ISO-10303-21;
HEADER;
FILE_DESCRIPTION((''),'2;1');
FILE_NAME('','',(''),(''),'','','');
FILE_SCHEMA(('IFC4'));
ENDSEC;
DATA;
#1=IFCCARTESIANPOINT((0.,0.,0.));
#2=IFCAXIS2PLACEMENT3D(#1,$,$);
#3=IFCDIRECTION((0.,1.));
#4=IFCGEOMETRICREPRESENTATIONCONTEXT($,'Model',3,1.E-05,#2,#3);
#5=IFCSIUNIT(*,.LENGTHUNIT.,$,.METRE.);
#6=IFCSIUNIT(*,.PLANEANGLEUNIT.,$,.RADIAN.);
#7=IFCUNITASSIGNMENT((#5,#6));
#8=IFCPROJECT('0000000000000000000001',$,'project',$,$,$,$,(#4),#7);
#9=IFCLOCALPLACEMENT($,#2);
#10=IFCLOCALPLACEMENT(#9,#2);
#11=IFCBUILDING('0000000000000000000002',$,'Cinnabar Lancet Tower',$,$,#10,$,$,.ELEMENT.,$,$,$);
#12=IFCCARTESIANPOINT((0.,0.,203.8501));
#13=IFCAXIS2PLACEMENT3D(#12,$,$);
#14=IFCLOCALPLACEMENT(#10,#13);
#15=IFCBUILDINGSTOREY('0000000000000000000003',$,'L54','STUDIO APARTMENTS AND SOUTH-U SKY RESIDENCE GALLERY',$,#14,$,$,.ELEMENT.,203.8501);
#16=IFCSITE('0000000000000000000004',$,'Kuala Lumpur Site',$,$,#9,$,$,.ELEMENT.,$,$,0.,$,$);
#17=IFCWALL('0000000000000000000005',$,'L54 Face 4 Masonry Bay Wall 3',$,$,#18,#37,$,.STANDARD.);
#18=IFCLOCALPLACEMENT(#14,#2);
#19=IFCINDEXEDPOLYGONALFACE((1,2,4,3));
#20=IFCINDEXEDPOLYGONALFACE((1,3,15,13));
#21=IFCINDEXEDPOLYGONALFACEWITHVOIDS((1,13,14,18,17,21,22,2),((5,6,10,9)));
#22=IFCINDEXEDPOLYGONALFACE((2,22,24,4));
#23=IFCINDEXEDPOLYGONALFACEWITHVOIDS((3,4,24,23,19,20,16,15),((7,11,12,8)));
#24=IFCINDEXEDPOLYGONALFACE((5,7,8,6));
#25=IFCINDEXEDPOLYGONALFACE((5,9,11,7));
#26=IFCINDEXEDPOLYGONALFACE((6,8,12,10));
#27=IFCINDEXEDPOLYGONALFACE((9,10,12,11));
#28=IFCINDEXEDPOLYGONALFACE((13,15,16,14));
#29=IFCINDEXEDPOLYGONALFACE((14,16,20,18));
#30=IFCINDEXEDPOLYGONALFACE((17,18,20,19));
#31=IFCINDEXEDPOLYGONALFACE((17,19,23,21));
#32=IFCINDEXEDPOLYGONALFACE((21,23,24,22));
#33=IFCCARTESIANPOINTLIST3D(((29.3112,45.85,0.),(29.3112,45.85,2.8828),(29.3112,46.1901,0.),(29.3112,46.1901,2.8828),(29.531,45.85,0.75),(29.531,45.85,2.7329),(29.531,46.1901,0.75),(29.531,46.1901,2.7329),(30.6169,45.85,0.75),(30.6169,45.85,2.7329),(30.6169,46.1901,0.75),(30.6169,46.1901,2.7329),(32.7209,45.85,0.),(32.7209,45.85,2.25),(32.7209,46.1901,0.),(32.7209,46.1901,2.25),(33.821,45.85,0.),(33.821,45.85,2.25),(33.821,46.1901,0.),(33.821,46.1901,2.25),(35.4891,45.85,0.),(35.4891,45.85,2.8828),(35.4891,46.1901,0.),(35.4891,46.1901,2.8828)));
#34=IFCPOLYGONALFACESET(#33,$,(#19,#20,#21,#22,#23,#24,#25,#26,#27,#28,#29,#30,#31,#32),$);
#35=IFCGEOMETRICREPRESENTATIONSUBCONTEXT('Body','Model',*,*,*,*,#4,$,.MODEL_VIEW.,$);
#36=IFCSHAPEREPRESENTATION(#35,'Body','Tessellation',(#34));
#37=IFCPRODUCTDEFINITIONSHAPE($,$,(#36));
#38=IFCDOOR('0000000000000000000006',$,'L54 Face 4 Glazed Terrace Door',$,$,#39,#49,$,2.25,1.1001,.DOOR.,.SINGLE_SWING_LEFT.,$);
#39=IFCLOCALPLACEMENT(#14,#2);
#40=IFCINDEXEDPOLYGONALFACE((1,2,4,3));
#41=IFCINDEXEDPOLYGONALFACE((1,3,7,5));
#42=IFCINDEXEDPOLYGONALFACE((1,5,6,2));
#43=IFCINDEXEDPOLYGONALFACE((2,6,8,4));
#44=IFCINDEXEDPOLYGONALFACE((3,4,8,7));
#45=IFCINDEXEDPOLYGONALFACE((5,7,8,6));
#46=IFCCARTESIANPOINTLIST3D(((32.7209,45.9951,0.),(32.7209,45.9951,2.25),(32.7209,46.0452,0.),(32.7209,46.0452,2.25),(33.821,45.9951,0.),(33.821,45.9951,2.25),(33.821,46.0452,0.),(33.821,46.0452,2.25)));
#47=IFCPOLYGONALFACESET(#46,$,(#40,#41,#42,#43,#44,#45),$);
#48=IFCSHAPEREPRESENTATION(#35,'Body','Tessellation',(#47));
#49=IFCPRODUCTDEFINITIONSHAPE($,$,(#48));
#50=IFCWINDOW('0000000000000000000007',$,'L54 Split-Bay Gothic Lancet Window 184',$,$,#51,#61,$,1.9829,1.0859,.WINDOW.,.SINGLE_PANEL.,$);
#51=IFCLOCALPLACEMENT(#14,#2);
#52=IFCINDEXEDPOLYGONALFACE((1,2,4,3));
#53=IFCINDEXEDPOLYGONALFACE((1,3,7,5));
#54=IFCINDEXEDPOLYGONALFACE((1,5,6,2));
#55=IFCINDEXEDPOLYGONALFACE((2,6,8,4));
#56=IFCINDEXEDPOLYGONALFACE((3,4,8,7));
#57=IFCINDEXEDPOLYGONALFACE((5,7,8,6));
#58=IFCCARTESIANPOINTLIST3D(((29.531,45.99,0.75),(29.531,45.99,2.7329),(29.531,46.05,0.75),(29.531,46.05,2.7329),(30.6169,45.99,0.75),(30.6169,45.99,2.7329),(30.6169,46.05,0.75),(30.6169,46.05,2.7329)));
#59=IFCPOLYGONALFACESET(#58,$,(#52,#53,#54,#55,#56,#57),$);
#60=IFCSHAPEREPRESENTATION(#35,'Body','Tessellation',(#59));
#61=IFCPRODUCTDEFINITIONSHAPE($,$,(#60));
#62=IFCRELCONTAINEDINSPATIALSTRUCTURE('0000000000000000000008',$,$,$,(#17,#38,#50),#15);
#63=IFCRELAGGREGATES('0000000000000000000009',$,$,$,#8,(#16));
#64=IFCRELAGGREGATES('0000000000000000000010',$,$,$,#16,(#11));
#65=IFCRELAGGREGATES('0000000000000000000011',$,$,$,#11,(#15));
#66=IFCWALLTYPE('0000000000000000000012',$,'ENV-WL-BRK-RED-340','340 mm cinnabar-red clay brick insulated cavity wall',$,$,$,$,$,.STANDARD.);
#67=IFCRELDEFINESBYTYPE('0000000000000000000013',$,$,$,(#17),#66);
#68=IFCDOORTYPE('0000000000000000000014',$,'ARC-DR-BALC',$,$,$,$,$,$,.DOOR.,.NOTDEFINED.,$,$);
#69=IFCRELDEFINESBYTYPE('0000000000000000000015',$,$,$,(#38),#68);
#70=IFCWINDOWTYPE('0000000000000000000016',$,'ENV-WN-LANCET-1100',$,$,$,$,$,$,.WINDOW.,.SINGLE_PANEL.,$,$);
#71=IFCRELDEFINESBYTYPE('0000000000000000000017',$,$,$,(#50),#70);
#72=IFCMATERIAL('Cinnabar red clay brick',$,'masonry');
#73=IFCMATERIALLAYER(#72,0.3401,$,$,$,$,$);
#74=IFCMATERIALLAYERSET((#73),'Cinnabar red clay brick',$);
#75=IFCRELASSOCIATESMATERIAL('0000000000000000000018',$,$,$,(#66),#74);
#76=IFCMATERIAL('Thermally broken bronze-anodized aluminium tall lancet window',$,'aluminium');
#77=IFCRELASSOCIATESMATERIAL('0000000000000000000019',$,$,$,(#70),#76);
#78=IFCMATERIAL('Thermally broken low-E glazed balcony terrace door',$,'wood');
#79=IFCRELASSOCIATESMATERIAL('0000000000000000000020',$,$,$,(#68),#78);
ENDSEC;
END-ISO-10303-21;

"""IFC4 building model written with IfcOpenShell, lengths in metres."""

from ifc_helpers import new_model, si_unit, direction, frame, frame_2d, origin, place, context, subcontext, project, spatial, rectangle, extrude, material, layer, layer_set, type_object, element, fill, save


model = new_model("IFC4")

# Units and contexts
model_context = context("Model", 3, precision=1e-05, world=origin(), true_north=direction((0.0, 1.0)))
body_context = subcontext(model_context, "Body", "Model", "MODEL_VIEW")
ifc_project = project(units=[si_unit("LENGTHUNIT", "METRE"), si_unit("PLANEANGLEUNIT", "RADIAN")], contexts=[model_context])

# Site, building, storey
site_placement = place(None, origin())
site = spatial("IfcSite", under=ifc_project, at=site_placement, Name="Kuala Lumpur Site", CompositionType="ELEMENT", RefElevation=0.0)
building_placement = place(site_placement, origin())
building = spatial("IfcBuilding", under=site, at=building_placement, Name="Cinnabar Lancet Tower", CompositionType="ELEMENT")
storey_placement = place(building_placement, frame((0.0, 0.0, 203.8501)))
storey = spatial("IfcBuildingStorey", under=building, at=storey_placement, Name="L54", Description="STUDIO APARTMENTS AND SOUTH-U SKY RESIDENCE GALLERY", CompositionType="ELEMENT", Elevation=203.8501)

# Shared definitions
ifc_material_1 = material(Name="Cinnabar red clay brick", Category="masonry")
ifc_layer_1 = layer(ifc_material_1, 0.3401)
ifc_layer_set_1 = layer_set([ifc_layer_1], Name="Cinnabar red clay brick")
wall_type_1 = type_object("IfcWallType", Name="ENV-WL-BRK-RED-340", Description="340 mm cinnabar-red clay brick insulated cavity wall", PredefinedType="STANDARD", material=ifc_layer_set_1)
ifc_material_2 = material(Name="Thermally broken bronze-anodized aluminium tall lancet window", Category="aluminium")
window_type = type_object("IfcWindowType", Name="ENV-WN-LANCET-1100", PartitioningType="SINGLE_PANEL", PredefinedType="WINDOW", material=ifc_material_2)

# Wall, openings, door, window
wall_1_placement = place(storey_placement, frame((35.489, 46.02, 0.0), z_axis=(0.0, 0.0, 1.0), x_axis=(-1.0, 0.0, 0.0)))
wall_1 = element("IfcWall", 1, at=wall_1_placement, inside=storey, type_object=wall_type_1, Name="L54 Face 4 Masonry Bay Wall 3", PredefinedType="STANDARD", context=body_context, shape_type="SweptSolid", body=[
    extrude(rectangle(XDim=6.178, YDim=0.3401, at=frame_2d((3.0889, 0.0))), origin(), (0.0, 0.0, 1.0), 2.8828),
])
opening_1_placement = place(wall_1_placement, frame((1.668, 0.0, 0.0)))
opening_1 = element("IfcOpeningElement", 2, at=opening_1_placement, cuts=wall_1, PredefinedType="OPENING", context=body_context, shape_type="SweptSolid", body=[
    extrude(rectangle(XDim=1.1001, YDim=2.25, at=frame_2d((0.55, 1.125))), frame((0.0, 0.1799, 0.0), z_axis=(0.0, -1.0, 0.0), x_axis=(1.0, 0.0, 0.0)), (0.0, 0.0, 1.0), 0.3601),
])
opening_2_placement = place(wall_1_placement, frame((4.8721, 0.0, 0.75)))
opening_2 = element("IfcOpeningElement", 3, at=opening_2_placement, cuts=wall_1, PredefinedType="OPENING", context=body_context, shape_type="SweptSolid", body=[
    extrude(rectangle(XDim=1.0859, YDim=1.9829, at=frame_2d((0.543, 0.9915))), frame((0.0, 0.1799, 0.0), z_axis=(0.0, -1.0, 0.0), x_axis=(1.0, 0.0, 0.0)), (0.0, 0.0, 1.0), 0.3601),
])
ifc_material_3 = material(Name="Thermally broken low-E glazed balcony terrace door", Category="wood")
door_type_1 = type_object("IfcDoorType", Name="ARC-DR-BALC", OperationType="NOTDEFINED", PredefinedType="DOOR", material=ifc_material_3)
door_1_placement = place(opening_1_placement, origin())
door_1 = element("IfcDoor", 4, at=door_1_placement, inside=storey, type_object=door_type_1, Name="L54 Face 4 Glazed Terrace Door", OperationType="SINGLE_SWING_LEFT", OverallHeight=2.25, OverallWidth=1.1001, PredefinedType="DOOR", context=body_context, shape_type="SweptSolid", body=[
    extrude(rectangle(XDim=1.1001, YDim=2.25, at=frame_2d((0.55, 1.125))), frame((0.0, 0.0249, 0.0), z_axis=(0.0, -1.0, 0.0), x_axis=(1.0, 0.0, 0.0)), (0.0, 0.0, 1.0), 0.05),
])
fill(opening_1, door_1)
window_1_placement = place(opening_2_placement, origin())
window_1 = element("IfcWindow", 5, at=window_1_placement, inside=storey, type_object=window_type, Name="L54 Split-Bay Gothic Lancet Window 184", OverallHeight=1.9829, OverallWidth=1.0859, PartitioningType="SINGLE_PANEL", PredefinedType="WINDOW", context=body_context, shape_type="SweptSolid", body=[
    extrude(rectangle(XDim=1.0859, YDim=1.9829, at=frame_2d((0.543, 0.9915))), frame((0.0, 0.03, 0.0), z_axis=(0.0, -1.0, 0.0), x_axis=(1.0, 0.0, 0.0)), (0.0, 0.0, 1.0), 0.0601),
])
fill(opening_2, window_1)

save(model, "model.ifc")
